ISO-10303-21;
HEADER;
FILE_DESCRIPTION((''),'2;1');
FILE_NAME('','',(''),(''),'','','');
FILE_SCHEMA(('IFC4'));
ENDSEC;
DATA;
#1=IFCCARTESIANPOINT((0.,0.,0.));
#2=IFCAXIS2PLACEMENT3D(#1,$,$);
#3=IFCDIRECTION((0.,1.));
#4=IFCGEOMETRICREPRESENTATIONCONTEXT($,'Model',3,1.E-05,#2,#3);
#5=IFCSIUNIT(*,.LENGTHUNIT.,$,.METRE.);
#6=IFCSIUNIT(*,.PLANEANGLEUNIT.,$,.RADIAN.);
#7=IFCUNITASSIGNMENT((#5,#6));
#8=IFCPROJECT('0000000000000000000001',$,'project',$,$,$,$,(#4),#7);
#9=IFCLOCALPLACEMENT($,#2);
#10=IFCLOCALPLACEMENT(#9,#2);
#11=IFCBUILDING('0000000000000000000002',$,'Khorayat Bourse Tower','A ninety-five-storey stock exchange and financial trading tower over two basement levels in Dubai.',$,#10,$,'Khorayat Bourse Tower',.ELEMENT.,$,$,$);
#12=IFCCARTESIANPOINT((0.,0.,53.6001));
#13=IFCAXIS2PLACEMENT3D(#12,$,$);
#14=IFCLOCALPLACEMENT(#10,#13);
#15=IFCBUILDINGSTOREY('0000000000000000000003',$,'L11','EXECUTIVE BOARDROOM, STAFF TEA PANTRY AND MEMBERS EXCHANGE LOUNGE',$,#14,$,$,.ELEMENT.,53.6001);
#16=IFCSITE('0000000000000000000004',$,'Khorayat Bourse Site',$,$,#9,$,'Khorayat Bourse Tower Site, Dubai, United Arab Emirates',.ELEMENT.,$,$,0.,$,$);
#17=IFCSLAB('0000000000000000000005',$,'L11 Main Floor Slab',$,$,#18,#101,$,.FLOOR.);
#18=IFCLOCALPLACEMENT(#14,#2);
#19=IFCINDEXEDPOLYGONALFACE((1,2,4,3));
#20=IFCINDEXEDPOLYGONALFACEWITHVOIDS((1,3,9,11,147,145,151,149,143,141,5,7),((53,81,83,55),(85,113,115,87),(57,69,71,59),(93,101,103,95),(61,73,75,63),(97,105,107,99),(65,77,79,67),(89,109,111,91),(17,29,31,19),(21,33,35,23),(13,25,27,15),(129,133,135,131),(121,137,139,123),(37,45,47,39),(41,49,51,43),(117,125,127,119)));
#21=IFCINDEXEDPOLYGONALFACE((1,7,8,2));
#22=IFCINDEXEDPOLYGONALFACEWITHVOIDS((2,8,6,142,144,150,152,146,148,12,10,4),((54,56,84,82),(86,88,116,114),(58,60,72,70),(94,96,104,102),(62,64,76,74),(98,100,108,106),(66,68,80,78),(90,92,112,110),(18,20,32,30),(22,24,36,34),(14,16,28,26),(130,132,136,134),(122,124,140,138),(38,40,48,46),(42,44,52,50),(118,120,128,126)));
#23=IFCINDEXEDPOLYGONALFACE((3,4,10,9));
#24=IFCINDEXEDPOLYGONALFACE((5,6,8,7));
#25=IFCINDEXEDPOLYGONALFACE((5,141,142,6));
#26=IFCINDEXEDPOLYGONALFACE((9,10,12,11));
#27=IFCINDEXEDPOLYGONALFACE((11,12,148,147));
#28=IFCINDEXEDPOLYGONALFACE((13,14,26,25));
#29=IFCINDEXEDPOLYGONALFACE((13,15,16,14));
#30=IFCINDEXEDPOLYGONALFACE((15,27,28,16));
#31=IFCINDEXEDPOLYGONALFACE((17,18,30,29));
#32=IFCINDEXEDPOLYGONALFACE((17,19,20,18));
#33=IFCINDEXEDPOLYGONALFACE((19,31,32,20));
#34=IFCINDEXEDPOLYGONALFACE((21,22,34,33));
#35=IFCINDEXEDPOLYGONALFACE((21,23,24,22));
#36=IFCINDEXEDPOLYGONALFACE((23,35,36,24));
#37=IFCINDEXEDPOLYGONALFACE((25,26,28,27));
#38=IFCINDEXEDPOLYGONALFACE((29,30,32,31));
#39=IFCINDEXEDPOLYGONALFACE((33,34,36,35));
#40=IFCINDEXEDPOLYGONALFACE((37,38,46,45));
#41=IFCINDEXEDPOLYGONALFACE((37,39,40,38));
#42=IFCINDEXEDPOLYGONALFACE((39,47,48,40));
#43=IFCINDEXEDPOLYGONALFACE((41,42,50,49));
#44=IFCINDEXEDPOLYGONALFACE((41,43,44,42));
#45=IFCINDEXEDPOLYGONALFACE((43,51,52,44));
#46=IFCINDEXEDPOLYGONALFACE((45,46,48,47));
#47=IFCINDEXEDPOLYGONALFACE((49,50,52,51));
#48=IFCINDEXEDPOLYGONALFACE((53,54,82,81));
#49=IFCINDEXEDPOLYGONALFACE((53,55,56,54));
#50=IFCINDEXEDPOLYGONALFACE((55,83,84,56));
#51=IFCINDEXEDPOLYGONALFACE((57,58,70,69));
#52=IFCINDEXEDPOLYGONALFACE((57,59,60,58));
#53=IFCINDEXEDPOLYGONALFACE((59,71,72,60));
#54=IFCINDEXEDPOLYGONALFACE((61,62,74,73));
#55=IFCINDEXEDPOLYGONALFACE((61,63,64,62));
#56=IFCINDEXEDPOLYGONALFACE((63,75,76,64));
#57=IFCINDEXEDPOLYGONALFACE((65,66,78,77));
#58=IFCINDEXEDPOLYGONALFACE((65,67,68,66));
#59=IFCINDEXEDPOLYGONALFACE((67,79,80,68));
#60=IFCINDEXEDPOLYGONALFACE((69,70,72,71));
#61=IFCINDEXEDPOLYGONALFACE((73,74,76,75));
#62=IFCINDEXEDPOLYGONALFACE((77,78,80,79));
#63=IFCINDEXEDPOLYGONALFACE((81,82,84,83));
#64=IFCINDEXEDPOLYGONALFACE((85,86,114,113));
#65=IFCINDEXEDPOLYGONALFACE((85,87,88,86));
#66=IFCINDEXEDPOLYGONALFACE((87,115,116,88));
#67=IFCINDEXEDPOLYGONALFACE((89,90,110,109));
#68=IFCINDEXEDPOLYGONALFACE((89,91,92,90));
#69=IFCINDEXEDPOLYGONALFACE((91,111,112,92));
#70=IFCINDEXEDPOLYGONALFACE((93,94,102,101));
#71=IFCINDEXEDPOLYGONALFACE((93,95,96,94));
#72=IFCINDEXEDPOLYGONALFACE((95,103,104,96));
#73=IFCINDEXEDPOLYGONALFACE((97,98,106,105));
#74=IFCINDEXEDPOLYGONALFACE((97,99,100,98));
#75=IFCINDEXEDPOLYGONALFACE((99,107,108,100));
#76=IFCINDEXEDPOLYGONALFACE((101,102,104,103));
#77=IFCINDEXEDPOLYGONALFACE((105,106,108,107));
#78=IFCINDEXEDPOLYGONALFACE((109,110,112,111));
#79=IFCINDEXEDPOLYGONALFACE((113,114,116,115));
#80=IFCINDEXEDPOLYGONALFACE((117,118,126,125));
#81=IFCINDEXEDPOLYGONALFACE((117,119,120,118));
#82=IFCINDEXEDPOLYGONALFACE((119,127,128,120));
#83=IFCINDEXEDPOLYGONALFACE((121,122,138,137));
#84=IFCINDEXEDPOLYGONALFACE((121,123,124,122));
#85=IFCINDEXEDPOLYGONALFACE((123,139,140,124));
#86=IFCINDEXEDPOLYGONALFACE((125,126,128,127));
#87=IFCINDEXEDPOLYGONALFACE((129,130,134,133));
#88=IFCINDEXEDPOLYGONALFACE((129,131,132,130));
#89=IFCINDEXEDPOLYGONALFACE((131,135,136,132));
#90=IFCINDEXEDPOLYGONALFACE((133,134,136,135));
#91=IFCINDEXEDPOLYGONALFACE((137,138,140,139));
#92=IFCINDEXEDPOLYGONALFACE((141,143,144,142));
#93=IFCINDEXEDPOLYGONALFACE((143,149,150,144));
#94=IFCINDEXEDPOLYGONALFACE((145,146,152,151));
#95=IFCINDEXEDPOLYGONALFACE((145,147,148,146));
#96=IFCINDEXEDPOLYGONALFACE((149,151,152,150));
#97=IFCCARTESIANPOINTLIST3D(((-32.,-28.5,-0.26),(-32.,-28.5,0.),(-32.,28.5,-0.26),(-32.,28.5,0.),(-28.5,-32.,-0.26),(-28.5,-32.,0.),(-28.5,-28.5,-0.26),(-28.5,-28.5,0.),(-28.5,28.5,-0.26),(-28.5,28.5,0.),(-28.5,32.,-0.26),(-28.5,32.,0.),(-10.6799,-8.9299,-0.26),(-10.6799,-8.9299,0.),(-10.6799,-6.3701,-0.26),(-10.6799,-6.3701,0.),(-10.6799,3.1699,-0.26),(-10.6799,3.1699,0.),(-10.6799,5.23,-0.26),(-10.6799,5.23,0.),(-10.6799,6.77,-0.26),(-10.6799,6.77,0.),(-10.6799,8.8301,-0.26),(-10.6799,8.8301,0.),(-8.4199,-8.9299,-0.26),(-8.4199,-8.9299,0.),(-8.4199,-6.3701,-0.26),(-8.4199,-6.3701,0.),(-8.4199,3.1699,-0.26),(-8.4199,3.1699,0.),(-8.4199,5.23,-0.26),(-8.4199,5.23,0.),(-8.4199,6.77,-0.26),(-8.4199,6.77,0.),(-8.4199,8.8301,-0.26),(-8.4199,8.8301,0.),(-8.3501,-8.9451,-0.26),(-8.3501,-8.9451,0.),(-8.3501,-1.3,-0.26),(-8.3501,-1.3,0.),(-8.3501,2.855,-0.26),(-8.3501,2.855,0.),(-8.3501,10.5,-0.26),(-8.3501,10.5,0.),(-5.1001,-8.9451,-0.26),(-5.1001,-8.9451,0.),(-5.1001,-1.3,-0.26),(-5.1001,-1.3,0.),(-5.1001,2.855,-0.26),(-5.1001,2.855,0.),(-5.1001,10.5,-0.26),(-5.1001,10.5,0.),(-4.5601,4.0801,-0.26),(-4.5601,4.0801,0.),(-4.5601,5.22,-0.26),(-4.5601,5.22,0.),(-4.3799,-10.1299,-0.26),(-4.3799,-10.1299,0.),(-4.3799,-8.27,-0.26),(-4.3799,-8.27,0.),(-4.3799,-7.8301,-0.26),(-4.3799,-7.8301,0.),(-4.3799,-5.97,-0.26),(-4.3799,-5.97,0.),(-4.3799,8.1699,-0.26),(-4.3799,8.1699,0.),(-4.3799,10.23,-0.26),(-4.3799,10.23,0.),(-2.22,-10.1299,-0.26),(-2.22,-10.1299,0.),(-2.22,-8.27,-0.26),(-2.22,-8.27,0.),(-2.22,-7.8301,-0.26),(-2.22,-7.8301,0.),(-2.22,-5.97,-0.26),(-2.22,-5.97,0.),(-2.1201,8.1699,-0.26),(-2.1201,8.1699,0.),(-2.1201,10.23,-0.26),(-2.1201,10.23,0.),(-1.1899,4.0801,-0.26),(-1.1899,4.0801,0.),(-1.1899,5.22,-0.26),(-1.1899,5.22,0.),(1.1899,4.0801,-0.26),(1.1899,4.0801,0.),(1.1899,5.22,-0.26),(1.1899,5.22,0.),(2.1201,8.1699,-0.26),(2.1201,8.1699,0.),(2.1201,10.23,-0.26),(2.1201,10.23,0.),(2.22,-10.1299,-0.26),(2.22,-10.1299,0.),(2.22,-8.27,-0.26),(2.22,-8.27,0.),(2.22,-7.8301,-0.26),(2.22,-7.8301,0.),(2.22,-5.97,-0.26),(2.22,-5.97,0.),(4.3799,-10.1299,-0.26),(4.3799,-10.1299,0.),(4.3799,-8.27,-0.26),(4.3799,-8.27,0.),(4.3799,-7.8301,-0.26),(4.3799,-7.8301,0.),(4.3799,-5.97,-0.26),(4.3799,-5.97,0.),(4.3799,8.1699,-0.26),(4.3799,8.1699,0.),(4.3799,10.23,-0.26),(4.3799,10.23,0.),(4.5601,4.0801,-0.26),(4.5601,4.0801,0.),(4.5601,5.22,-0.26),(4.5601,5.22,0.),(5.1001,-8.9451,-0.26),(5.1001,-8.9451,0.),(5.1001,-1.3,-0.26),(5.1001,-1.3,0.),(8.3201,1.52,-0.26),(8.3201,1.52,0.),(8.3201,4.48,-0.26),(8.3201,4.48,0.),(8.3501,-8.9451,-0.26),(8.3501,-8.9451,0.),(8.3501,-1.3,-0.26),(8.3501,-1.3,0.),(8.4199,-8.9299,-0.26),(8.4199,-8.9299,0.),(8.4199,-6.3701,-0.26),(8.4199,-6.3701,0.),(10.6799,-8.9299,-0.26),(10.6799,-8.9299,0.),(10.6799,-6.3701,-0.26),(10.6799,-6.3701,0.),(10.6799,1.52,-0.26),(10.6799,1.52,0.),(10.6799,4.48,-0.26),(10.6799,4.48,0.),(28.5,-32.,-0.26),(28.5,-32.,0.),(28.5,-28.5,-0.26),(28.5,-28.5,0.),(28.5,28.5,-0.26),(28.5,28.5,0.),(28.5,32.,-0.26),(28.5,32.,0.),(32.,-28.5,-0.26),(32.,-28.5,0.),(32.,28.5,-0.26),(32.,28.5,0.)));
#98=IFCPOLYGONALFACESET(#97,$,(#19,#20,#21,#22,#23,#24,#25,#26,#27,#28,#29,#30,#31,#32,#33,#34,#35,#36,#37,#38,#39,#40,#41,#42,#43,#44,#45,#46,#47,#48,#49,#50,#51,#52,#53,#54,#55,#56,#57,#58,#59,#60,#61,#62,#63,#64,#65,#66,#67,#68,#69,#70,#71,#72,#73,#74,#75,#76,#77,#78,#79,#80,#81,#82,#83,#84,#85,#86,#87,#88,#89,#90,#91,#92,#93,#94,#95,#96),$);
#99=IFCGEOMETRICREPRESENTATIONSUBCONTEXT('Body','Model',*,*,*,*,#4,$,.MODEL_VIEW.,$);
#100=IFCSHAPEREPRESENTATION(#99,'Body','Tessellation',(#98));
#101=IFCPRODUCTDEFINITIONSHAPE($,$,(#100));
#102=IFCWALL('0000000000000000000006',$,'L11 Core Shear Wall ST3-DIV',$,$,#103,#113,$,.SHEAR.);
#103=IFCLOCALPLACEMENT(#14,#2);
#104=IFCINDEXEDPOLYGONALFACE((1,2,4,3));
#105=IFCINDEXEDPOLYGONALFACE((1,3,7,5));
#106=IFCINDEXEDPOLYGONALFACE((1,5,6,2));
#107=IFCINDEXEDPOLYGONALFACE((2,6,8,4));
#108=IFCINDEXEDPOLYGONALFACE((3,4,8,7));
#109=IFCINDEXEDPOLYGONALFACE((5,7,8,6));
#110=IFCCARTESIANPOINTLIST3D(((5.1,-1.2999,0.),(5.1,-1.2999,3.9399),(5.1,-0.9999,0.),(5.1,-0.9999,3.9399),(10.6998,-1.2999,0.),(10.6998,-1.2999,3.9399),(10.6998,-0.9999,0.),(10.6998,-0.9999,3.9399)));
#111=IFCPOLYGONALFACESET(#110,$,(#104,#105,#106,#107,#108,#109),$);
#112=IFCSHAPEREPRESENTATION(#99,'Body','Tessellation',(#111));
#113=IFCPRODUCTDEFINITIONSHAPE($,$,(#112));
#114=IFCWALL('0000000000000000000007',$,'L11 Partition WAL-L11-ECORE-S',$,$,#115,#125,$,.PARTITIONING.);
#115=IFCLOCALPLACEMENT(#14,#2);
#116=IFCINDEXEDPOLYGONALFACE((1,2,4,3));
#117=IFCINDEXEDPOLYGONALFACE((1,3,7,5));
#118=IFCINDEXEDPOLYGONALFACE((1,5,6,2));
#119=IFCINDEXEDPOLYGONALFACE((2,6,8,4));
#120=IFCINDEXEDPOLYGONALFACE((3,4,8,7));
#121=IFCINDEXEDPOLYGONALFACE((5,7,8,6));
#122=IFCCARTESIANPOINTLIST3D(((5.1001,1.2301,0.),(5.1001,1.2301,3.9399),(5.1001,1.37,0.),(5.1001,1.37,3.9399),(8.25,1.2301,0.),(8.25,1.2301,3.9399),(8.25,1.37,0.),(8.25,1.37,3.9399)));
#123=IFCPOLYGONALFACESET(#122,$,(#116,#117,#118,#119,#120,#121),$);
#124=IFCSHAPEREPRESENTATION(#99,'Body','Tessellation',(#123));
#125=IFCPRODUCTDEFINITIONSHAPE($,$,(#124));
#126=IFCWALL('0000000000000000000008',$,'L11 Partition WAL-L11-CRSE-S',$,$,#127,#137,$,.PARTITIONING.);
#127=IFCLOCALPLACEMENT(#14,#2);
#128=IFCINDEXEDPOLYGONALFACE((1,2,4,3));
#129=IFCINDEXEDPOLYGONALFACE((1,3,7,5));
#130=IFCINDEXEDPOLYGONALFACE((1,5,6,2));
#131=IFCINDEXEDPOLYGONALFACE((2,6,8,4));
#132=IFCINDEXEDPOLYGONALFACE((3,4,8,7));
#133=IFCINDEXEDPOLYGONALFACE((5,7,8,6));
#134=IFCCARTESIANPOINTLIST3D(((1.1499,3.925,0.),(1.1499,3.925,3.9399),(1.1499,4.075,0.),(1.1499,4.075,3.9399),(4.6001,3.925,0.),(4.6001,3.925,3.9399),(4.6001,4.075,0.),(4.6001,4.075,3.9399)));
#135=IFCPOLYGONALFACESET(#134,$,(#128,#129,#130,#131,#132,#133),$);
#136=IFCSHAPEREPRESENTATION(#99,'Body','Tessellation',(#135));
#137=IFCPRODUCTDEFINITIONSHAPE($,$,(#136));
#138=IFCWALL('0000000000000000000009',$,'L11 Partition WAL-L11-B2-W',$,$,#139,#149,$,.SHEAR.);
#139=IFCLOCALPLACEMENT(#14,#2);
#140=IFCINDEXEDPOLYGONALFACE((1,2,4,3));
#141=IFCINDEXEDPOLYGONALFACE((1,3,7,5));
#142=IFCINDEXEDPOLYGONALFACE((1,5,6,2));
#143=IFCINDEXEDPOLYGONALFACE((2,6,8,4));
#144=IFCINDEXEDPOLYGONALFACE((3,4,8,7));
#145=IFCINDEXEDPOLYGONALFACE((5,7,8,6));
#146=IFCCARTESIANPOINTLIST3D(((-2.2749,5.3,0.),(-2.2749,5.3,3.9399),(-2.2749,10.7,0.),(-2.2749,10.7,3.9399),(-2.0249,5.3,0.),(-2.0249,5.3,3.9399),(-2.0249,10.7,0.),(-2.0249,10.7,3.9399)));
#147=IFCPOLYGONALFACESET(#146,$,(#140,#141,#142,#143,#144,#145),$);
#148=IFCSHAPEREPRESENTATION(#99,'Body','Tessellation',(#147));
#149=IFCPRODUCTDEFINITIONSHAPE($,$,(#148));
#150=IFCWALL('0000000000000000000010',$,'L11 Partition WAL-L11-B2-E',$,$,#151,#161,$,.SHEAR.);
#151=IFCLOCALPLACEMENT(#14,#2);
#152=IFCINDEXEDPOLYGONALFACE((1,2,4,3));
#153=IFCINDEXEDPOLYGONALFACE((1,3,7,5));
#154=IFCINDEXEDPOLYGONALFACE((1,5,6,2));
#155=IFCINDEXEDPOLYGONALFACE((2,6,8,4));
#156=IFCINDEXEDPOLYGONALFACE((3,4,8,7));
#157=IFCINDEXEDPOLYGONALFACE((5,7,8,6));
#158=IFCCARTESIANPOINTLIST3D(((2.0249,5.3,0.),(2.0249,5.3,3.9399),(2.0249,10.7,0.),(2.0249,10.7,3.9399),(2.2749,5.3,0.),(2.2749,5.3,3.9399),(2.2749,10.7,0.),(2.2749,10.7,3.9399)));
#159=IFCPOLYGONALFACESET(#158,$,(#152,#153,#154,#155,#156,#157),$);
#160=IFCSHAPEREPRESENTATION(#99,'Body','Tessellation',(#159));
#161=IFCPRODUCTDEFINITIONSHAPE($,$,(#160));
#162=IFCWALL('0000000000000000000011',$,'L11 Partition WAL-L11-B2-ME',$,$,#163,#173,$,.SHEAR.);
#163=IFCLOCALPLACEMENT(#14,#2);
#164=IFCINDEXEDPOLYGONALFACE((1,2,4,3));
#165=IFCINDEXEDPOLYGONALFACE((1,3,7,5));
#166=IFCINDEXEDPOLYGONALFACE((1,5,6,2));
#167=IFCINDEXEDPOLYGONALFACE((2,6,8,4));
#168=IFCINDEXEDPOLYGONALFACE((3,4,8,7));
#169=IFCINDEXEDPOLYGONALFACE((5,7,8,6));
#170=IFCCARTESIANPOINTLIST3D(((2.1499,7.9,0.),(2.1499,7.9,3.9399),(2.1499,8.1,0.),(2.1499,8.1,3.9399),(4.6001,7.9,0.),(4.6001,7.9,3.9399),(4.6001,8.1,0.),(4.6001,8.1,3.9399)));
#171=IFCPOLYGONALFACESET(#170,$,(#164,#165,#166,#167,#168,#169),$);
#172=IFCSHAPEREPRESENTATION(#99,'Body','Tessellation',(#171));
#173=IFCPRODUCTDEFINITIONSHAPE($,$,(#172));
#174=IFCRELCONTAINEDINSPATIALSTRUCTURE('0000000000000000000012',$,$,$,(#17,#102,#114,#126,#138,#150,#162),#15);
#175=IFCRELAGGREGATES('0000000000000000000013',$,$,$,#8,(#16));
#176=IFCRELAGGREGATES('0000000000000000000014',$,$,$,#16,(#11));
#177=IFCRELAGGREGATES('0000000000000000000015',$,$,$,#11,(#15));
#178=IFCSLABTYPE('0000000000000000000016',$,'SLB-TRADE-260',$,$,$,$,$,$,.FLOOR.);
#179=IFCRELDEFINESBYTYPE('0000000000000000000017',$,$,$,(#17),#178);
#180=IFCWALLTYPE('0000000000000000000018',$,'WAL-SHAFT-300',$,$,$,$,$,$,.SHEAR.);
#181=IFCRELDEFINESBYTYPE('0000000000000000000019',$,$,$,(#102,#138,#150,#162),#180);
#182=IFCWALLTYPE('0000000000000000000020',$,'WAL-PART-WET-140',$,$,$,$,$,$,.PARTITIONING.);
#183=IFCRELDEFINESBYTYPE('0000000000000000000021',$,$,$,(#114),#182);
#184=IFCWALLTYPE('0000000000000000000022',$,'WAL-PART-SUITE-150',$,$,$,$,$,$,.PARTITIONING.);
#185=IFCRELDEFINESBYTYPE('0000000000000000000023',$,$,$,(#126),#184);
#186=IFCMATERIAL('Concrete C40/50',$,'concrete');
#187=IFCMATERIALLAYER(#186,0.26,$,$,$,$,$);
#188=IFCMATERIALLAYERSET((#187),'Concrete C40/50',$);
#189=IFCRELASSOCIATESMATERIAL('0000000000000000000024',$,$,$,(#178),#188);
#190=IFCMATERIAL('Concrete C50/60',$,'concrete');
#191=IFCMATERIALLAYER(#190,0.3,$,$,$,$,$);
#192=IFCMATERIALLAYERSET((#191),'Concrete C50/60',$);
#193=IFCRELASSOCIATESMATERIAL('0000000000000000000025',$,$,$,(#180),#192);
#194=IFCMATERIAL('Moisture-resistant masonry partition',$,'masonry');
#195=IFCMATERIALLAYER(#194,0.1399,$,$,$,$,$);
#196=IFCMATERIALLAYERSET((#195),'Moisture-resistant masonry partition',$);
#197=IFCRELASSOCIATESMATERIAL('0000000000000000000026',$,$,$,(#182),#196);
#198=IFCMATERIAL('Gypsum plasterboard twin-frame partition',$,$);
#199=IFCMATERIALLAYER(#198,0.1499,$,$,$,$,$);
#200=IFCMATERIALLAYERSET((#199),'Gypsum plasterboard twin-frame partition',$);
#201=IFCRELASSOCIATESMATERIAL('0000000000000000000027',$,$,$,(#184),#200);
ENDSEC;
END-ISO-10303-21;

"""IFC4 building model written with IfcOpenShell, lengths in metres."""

from ifc_helpers import new_model, si_unit, direction, frame, frame_2d, origin, place, context, subcontext, project, spatial, polyline, rectangle, outline, extrude, source, transform, mapped, material, layer, layer_set, type_object, element, save


model = new_model("IFC4")

# Units and contexts
model_context = context("Model", 3, precision=1e-05, world=origin(), true_north=direction((0.0, 1.0)))
body_context = subcontext(model_context, "Body", "Model", "MODEL_VIEW")
ifc_project = project(units=[si_unit("LENGTHUNIT", "METRE"), si_unit("PLANEANGLEUNIT", "RADIAN")], contexts=[model_context])

# Site, building, storey
site_placement = place(None, origin())
site = spatial("IfcSite", under=ifc_project, at=site_placement, Name="Khorayat Bourse Site", LongName="Khorayat Bourse Tower Site, Dubai, United Arab Emirates", CompositionType="ELEMENT", RefElevation=0.0)
building_placement = place(site_placement, origin())
building = spatial("IfcBuilding", under=site, at=building_placement, Name="Khorayat Bourse Tower", Description="A ninety-five-storey stock exchange and financial trading tower over two basement levels in Dubai.", LongName="Khorayat Bourse Tower", CompositionType="ELEMENT")
storey_placement = place(building_placement, frame((0.0, 0.0, 53.6001)))
storey = spatial("IfcBuildingStorey", under=building, at=storey_placement, Name="L11", Description="EXECUTIVE BOARDROOM, STAFF TEA PANTRY AND MEMBERS EXCHANGE LOUNGE", CompositionType="ELEMENT", Elevation=53.6001)

# Shared definitions
ifc_material_1 = material(Name="Concrete C40/50", Category="concrete")

# Slab
ifc_layer_1 = layer(ifc_material_1, 0.26)
ifc_layer_set_1 = layer_set([ifc_layer_1], Name="Concrete C40/50")
slab_type_1 = type_object("IfcSlabType", Name="SLB-TRADE-260", PredefinedType="FLOOR", material=ifc_layer_set_1)
slab_1_placement = place(storey_placement, frame((0.0, 0.0, -0.26)))
element("IfcSlab", 1, at=slab_1_placement, inside=storey, type_object=slab_type_1, Name="L11 Main Floor Slab", PredefinedType="FLOOR", context=body_context, shape_type="SweptSolid", body=[
    extrude(outline(polyline([(-28.5, -32.0), (28.5, -32.0), (28.5, -28.5), (32.0, -28.5), (32.0, 28.5), (28.5, 28.5), (28.5, 32.0), (-28.5, 32.0), (-28.5, 28.5), (-32.0, 28.5), (-32.0, -28.5), (-28.5, -28.5), (-28.5, -32.0)]), holes=[polyline([(-8.3501, -8.9451), (-5.1001, -8.9451), (-5.1001, -1.3), (-8.3501, -1.3), (-8.3501, -8.9451)]), polyline([(-8.3501, 2.855), (-5.1001, 2.855), (-5.1001, 10.5), (-8.3501, 10.5), (-8.3501, 2.855)]), polyline([(5.1001, -8.9451), (8.3501, -8.9451), (8.3501, -1.3), (5.1001, -1.3), (5.1001, -8.9451)]), polyline([(-4.3799, -10.1299), (-2.22, -10.1299), (-2.22, -8.27), (-4.3799, -8.27), (-4.3799, -10.1299)]), polyline([(2.22, -10.1299), (4.3799, -10.1299), (4.3799, -8.27), (2.22, -8.27), (2.22, -10.1299)]), polyline([(-4.3799, -7.8301), (-2.22, -7.8301), (-2.22, -5.97), (-4.3799, -5.97), (-4.3799, -7.8301)]), polyline([(2.22, -7.8301), (4.3799, -7.8301), (4.3799, -5.97), (2.22, -5.97), (2.22, -7.8301)]), polyline([(-4.3799, 8.1699), (-2.1201, 8.1699), (-2.1201, 10.23), (-4.3799, 10.23), (-4.3799, 8.1699)]), polyline([(2.1201, 8.1699), (4.3799, 8.1699), (4.3799, 10.23), (2.1201, 10.23), (2.1201, 8.1699)]), polyline([(-10.6799, 3.1699), (-8.4199, 3.1699), (-8.4199, 5.23), (-10.6799, 5.23), (-10.6799, 3.1699)]), polyline([(-10.6799, 6.77), (-8.4199, 6.77), (-8.4199, 8.8301), (-10.6799, 8.8301), (-10.6799, 6.77)]), polyline([(-10.6799, -8.9299), (-8.4199, -8.9299), (-8.4199, -6.3701), (-10.6799, -6.3701), (-10.6799, -8.9299)]), polyline([(8.4199, -8.9299), (10.6799, -8.9299), (10.6799, -6.3701), (8.4199, -6.3701), (8.4199, -8.9299)]), polyline([(8.3201, 1.52), (10.6799, 1.52), (10.6799, 4.48), (8.3201, 4.48), (8.3201, 1.52)]), polyline([(-4.5601, 4.0801), (-1.1899, 4.0801), (-1.1899, 5.22), (-4.5601, 5.22), (-4.5601, 4.0801)]), polyline([(1.1899, 4.0801), (4.5601, 4.0801), (4.5601, 5.22), (1.1899, 5.22), (1.1899, 4.0801)])]), origin(), (0.0, 0.0, 1.0), 0.26),
])

# Walls
ifc_material_2 = material(Name="Concrete C50/60", Category="concrete")
ifc_layer_2 = layer(ifc_material_2, 0.3)
ifc_layer_set_2 = layer_set([ifc_layer_2], Name="Concrete C50/60")
wall_type_1 = type_object("IfcWallType", Name="WAL-SHAFT-300", PredefinedType="SHEAR", material=ifc_layer_set_2)
shared_shape_1 = source(origin(), body_context, "Body", "SweptSolid", [
    extrude(rectangle(XDim=5.5999, YDim=0.3, at=frame_2d((2.7998, 0.0))), origin(), (0.0, 0.0, 1.0), 3.9399),
])
wall_1_placement = place(storey_placement, frame((5.1001, -1.1499, 0.0), z_axis=(0.0, 0.0, 1.0), x_axis=(1.0, 0.0, 0.0)))
element("IfcWall", 2, at=wall_1_placement, inside=storey, type_object=wall_type_1, Name="L11 Core Shear Wall ST3-DIV", PredefinedType="SHEAR", context=body_context, shape_type="MappedRepresentation", body=[
    mapped(shared_shape_1, transform((0.0, 0.0, 0.0), scale=1.0)),
])
ifc_material_3 = material(Name="Moisture-resistant masonry partition", Category="masonry")
ifc_layer_3 = layer(ifc_material_3, 0.1399)
ifc_layer_set_3 = layer_set([ifc_layer_3], Name="Moisture-resistant masonry partition")
wall_type_2 = type_object("IfcWallType", Name="WAL-PART-WET-140", PredefinedType="PARTITIONING", material=ifc_layer_set_3)
shared_shape_2 = source(origin(), body_context, "Body", "SweptSolid", [
    extrude(rectangle(XDim=3.1499, YDim=0.1399, at=frame_2d((1.575, 0.0))), origin(), (0.0, 0.0, 1.0), 3.9399),
])
wall_2_placement = place(storey_placement, frame((5.1001, 1.3, 0.0), z_axis=(0.0, 0.0, 1.0), x_axis=(1.0, 0.0, 0.0)))
element("IfcWall", 3, at=wall_2_placement, inside=storey, type_object=wall_type_2, Name="L11 Partition WAL-L11-ECORE-S", PredefinedType="PARTITIONING", context=body_context, shape_type="MappedRepresentation", body=[
    mapped(shared_shape_2, transform((0.0, 0.0, 0.0), scale=1.0)),
])

# Walls
ifc_material_4 = material(Name="Gypsum plasterboard twin-frame partition")
ifc_layer_4 = layer(ifc_material_4, 0.1499)
ifc_layer_set_4 = layer_set([ifc_layer_4], Name="Gypsum plasterboard twin-frame partition")
wall_type_3 = type_object("IfcWallType", Name="WAL-PART-SUITE-150", PredefinedType="PARTITIONING", material=ifc_layer_set_4)
shared_shape_3 = source(origin(), body_context, "Body", "SweptSolid", [
    extrude(rectangle(XDim=3.4502, YDim=0.1499, at=frame_2d((1.7251, 0.0))), origin(), (0.0, 0.0, 1.0), 3.9399),
])
wall_3_placement = place(storey_placement, frame((1.1499, 4.0, 0.0), z_axis=(0.0, 0.0, 1.0), x_axis=(1.0, 0.0, 0.0)))
element("IfcWall", 4, at=wall_3_placement, inside=storey, type_object=wall_type_3, Name="L11 Partition WAL-L11-CRSE-S", PredefinedType="PARTITIONING", context=body_context, shape_type="MappedRepresentation", body=[
    mapped(shared_shape_3, transform((0.0, 0.0, 0.0), scale=1.0)),
])
shared_shape_4 = source(origin(), body_context, "Body", "SweptSolid", [
    extrude(rectangle(XDim=5.3999, YDim=0.25, at=frame_2d((2.7, 0.0))), origin(), (0.0, 0.0, 1.0), 3.9399),
])
for number, where, z_axis, x_axis, name in (
    (5, (-2.1499, 5.3, 0.0), (0.0, 0.0, 1.0), (0.0, 1.0, 0.0), "L11 Partition WAL-L11-B2-W"),
    (6, (2.1499, 5.3, 0.0), (0.0, 0.0, 1.0), (0.0, 1.0, 0.0), "L11 Partition WAL-L11-B2-E"),
):
    element("IfcWall", number, at=place(storey_placement, frame(where, z_axis=z_axis, x_axis=x_axis)), inside=storey, type_object=wall_type_1, Name=name, PredefinedType="SHEAR", context=body_context, shape_type="MappedRepresentation", body=[
        mapped(shared_shape_4, transform((0.0, 0.0, 0.0), scale=1.0)),
    ])
shared_shape_5 = source(origin(), body_context, "Body", "SweptSolid", [
    extrude(rectangle(XDim=2.4502, YDim=0.2, at=frame_2d((1.2251, 0.0))), origin(), (0.0, 0.0, 1.0), 3.9399),
])
wall_4_placement = place(storey_placement, frame((2.1499, 8.0, 0.0), z_axis=(0.0, 0.0, 1.0), x_axis=(1.0, 0.0, 0.0)))
element("IfcWall", 7, at=wall_4_placement, inside=storey, type_object=wall_type_1, Name="L11 Partition WAL-L11-B2-ME", PredefinedType="SHEAR", context=body_context, shape_type="MappedRepresentation", body=[
    mapped(shared_shape_5, transform((0.0, 0.0, 0.0), scale=1.0)),
])

save(model, "model.ifc")
